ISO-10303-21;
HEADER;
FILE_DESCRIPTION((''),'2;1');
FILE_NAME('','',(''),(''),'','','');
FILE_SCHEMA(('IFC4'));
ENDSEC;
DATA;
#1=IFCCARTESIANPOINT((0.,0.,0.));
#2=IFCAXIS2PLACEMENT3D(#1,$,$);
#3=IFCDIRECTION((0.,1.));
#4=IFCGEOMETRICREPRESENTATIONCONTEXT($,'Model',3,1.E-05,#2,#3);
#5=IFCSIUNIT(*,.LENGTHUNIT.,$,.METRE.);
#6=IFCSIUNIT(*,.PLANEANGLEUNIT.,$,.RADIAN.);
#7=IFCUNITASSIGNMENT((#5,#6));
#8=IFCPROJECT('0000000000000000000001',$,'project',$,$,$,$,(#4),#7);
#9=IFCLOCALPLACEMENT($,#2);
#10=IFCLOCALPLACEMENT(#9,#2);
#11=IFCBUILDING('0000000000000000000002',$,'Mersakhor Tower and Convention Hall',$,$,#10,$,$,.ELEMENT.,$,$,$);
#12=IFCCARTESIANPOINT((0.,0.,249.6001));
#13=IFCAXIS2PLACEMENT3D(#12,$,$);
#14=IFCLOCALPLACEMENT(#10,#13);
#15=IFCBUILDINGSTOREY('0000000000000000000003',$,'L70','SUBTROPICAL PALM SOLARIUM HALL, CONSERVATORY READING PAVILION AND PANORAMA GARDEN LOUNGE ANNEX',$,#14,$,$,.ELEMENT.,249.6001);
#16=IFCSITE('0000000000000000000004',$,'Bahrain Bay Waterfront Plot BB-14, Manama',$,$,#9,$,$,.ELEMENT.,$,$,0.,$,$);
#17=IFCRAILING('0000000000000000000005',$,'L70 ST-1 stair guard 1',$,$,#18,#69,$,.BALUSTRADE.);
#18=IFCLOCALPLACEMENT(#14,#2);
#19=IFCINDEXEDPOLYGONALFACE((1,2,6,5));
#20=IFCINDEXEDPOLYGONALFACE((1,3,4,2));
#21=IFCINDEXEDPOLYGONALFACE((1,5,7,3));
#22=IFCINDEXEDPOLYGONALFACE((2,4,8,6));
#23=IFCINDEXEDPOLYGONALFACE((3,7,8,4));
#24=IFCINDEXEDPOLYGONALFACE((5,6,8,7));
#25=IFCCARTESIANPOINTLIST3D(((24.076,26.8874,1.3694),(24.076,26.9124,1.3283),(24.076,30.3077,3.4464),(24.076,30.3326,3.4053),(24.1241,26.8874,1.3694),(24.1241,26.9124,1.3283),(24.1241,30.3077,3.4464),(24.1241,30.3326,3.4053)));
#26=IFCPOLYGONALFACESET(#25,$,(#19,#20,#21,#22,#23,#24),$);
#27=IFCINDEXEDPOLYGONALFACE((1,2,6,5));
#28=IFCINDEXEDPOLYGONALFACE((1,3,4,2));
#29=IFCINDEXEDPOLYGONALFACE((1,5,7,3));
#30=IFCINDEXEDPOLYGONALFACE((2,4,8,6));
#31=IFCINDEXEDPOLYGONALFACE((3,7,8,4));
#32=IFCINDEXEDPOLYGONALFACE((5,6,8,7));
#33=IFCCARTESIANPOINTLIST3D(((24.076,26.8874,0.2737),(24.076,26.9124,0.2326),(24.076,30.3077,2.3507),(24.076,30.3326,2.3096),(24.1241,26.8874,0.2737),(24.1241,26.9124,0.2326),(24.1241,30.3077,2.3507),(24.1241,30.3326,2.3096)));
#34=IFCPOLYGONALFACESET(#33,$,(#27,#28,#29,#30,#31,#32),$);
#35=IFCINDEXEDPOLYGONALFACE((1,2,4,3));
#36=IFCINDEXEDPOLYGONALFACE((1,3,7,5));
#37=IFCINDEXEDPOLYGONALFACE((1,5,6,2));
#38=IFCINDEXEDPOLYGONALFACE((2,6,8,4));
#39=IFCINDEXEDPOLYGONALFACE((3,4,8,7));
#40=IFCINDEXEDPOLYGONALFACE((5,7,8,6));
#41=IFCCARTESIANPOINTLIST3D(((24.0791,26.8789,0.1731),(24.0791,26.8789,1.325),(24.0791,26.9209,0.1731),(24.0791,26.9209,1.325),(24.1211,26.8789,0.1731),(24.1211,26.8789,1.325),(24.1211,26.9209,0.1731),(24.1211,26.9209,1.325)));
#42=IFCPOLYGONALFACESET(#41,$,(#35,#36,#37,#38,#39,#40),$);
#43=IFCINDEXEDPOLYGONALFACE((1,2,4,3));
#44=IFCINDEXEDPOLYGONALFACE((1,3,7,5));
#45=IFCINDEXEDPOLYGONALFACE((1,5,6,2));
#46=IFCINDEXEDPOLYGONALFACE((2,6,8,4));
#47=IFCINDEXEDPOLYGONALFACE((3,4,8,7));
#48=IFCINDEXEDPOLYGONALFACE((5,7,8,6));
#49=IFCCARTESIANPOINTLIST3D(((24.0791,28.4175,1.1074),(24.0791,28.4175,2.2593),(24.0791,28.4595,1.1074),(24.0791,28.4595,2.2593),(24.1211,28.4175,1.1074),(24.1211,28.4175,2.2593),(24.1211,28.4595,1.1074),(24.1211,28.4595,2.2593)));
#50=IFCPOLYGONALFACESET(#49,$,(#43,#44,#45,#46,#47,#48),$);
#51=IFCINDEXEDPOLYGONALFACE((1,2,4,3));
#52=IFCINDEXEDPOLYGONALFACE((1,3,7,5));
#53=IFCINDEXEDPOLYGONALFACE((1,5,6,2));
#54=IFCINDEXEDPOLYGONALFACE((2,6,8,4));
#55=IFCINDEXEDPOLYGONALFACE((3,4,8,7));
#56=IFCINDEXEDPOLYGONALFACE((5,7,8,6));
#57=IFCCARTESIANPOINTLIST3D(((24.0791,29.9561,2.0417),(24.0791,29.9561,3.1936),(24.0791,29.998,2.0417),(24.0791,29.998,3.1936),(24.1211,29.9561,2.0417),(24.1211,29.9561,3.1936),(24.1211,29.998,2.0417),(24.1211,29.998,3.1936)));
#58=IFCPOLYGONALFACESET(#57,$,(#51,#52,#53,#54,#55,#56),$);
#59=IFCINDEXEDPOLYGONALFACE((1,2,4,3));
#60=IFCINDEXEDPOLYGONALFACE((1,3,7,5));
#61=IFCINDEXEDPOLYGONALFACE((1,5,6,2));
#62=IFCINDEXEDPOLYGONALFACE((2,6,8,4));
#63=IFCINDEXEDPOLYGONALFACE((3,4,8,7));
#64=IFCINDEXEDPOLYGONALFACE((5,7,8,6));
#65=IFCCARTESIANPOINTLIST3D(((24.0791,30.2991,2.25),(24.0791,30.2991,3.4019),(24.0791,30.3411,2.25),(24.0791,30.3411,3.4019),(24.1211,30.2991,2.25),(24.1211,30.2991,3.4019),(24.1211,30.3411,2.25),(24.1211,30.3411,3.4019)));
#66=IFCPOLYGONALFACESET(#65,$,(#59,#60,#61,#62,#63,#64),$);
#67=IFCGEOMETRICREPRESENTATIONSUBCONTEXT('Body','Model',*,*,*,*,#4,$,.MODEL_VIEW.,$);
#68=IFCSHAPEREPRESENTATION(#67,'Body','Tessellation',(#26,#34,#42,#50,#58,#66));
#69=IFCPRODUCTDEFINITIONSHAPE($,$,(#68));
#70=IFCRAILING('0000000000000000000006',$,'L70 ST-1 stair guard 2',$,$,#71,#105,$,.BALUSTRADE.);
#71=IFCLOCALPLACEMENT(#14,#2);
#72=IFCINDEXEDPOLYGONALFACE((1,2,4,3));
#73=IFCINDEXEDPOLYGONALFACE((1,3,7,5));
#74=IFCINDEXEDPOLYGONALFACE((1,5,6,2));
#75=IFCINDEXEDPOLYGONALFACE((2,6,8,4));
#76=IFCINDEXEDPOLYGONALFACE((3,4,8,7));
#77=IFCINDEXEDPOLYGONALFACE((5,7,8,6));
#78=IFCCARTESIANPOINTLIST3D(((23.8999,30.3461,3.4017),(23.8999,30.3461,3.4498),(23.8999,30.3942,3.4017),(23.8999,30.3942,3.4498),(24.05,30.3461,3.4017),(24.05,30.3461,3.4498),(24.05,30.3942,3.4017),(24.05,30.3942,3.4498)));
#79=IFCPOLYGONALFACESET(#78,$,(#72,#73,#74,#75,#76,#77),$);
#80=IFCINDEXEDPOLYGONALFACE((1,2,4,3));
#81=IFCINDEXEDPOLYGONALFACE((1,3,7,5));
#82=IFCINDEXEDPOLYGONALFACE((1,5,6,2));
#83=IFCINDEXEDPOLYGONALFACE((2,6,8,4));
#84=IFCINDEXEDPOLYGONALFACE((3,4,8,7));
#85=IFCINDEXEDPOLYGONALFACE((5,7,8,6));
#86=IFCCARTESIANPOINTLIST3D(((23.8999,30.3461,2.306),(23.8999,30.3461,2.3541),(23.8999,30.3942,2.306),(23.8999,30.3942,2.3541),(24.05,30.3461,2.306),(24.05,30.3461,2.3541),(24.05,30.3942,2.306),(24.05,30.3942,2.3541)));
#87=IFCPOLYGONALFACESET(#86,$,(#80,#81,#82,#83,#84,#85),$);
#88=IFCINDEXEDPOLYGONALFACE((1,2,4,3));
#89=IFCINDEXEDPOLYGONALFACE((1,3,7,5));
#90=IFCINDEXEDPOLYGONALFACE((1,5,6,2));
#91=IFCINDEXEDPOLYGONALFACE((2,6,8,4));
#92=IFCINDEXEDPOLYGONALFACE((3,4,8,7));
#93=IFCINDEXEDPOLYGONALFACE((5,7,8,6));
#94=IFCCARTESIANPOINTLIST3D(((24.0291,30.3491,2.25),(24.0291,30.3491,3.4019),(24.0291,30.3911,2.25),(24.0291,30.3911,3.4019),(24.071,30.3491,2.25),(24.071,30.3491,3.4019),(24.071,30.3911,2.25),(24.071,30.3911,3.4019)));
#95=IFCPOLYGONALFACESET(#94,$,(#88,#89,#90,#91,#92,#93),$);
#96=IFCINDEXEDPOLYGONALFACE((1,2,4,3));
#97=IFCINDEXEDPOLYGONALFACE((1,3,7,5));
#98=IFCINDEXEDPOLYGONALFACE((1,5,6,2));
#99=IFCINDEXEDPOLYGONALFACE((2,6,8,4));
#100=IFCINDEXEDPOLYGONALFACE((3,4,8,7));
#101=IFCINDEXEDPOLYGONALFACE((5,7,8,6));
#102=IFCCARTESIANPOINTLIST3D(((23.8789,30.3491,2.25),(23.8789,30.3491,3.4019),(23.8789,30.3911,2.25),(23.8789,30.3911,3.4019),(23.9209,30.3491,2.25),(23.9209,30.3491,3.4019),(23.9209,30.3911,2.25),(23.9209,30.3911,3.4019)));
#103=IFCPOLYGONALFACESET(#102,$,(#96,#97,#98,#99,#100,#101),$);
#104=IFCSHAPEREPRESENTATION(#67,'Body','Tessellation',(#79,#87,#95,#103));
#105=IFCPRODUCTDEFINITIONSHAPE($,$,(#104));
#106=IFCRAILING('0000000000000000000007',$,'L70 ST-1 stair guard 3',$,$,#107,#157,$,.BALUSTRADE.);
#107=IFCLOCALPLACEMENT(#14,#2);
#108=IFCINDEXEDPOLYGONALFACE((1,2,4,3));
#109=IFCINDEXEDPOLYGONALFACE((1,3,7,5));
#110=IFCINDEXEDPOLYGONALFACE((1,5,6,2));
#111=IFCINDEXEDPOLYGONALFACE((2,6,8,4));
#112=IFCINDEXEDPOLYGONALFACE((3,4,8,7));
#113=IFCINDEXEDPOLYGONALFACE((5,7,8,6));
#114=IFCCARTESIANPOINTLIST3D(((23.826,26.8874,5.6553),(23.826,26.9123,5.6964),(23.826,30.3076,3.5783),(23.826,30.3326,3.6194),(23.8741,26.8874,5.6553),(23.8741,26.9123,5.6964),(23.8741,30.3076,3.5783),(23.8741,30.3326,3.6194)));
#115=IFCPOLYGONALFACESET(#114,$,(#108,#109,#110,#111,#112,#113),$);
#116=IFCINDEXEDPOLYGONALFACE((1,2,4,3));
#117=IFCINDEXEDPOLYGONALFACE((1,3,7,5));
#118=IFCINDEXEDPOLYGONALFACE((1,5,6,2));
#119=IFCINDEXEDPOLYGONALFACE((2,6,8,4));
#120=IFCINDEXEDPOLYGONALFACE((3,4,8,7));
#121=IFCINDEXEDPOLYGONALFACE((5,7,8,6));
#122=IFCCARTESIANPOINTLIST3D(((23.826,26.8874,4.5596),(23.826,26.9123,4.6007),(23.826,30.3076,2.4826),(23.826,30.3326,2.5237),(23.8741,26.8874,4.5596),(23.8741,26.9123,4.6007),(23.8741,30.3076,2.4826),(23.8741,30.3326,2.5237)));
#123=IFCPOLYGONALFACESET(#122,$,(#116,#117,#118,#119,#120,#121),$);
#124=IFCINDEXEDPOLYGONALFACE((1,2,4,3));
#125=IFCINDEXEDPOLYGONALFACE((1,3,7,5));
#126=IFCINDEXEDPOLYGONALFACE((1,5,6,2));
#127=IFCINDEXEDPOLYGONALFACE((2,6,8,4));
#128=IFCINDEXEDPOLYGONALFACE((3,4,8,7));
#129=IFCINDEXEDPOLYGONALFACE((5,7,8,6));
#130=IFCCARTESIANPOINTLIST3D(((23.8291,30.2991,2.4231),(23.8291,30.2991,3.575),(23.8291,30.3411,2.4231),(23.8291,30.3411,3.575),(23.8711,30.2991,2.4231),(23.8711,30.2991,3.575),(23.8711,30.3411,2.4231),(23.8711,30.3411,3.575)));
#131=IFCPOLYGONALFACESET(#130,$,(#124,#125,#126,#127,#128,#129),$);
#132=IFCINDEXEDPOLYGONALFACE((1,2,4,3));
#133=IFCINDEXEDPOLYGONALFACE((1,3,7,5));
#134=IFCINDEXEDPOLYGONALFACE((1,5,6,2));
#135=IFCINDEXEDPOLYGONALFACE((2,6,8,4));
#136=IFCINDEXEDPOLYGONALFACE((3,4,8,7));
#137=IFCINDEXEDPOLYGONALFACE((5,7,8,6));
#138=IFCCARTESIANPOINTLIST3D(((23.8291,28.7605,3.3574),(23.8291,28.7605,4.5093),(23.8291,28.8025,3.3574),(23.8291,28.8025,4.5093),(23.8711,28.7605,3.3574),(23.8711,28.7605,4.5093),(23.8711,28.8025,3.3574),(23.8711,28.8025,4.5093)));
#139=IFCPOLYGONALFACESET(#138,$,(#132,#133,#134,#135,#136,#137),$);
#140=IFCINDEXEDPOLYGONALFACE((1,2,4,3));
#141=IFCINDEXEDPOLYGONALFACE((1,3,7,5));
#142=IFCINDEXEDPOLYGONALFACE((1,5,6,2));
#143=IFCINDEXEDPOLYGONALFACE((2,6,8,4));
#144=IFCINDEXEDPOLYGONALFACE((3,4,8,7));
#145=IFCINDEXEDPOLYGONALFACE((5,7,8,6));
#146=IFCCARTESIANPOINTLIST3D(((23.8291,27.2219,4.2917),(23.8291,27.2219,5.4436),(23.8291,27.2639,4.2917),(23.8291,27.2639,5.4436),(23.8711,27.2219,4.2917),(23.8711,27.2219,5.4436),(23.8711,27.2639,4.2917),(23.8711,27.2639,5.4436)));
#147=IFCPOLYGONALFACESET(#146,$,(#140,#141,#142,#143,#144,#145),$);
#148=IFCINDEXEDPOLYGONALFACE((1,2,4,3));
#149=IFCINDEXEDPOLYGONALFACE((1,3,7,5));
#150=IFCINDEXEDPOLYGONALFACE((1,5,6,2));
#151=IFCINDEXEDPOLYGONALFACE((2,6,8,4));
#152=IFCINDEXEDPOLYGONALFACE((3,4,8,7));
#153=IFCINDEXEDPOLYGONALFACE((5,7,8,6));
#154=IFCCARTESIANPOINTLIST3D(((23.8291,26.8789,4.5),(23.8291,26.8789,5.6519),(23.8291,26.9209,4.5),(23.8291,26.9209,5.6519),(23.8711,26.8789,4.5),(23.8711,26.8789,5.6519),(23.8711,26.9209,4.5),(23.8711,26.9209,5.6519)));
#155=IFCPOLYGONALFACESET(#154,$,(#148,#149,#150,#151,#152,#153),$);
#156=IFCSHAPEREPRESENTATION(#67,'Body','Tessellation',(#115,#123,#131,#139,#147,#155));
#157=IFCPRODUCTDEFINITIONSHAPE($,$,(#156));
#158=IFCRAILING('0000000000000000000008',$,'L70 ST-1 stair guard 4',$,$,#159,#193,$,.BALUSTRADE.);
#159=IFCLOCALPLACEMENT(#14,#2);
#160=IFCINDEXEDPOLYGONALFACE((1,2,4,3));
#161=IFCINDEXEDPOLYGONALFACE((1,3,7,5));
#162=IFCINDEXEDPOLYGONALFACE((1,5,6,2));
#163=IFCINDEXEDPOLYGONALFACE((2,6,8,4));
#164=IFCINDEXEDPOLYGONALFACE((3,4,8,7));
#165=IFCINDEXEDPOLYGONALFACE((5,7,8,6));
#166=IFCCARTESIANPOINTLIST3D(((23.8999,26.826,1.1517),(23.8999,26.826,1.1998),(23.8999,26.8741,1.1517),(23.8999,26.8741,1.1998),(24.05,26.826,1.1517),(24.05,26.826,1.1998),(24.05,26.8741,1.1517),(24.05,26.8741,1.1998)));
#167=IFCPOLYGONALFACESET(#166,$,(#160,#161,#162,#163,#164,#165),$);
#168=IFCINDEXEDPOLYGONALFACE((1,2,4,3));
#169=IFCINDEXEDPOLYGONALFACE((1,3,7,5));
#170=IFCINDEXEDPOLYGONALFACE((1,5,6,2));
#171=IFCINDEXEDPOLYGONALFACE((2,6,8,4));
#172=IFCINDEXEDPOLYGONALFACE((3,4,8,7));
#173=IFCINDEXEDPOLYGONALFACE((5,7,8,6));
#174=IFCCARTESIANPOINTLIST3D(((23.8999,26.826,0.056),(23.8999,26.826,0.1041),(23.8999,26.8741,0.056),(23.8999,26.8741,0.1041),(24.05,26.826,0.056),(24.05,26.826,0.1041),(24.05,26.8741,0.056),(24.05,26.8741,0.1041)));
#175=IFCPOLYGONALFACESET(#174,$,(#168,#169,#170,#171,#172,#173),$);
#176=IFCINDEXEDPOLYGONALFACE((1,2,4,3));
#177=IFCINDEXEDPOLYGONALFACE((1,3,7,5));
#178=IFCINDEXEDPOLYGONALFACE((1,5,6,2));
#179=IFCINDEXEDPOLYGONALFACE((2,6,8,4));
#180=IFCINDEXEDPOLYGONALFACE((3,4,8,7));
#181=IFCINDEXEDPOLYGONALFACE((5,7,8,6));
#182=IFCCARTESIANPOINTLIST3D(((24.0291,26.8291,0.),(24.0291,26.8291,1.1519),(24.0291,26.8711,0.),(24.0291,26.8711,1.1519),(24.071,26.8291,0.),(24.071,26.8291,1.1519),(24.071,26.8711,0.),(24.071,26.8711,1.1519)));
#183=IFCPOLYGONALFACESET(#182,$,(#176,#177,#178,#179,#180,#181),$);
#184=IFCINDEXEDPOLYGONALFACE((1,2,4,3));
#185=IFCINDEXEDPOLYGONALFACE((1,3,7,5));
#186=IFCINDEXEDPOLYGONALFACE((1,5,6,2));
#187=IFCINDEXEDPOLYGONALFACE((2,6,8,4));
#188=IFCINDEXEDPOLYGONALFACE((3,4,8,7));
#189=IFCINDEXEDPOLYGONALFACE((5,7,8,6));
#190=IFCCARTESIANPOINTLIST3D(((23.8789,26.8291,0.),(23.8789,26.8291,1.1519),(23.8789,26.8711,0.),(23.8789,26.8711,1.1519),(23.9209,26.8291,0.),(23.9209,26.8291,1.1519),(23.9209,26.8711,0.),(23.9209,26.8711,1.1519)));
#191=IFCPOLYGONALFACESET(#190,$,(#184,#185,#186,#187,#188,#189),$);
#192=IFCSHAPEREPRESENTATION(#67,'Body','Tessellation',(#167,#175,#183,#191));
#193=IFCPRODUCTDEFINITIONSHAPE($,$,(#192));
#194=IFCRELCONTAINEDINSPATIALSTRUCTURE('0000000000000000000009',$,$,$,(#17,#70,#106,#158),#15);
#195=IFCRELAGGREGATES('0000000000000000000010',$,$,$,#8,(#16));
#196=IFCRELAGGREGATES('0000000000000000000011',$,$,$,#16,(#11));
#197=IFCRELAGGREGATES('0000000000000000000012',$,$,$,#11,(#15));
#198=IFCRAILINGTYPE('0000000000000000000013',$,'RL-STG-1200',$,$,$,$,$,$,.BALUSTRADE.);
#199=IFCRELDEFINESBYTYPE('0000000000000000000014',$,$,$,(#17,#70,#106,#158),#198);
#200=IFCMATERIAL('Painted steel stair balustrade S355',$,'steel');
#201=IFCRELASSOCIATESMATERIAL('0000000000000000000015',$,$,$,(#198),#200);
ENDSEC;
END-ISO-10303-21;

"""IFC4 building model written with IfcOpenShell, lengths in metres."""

from ifc_helpers import new_model, si_unit, direction, frame, origin, origin_2d, place, context, subcontext, project, spatial, rectangle, extrude, material, type_object, element, save


model = new_model("IFC4")

# Units and contexts
model_context = context("Model", 3, precision=1e-05, world=origin(), true_north=direction((0.0, 1.0)))
body_context = subcontext(model_context, "Body", "Model", "MODEL_VIEW")
ifc_project = project(units=[si_unit("LENGTHUNIT", "METRE"), si_unit("PLANEANGLEUNIT", "RADIAN")], contexts=[model_context])

# Site, building, storey
site_placement = place(None, origin())
site = spatial("IfcSite", under=ifc_project, at=site_placement, Name="Bahrain Bay Waterfront Plot BB-14, Manama", CompositionType="ELEMENT", RefElevation=0.0)
building_placement = place(site_placement, origin())
building = spatial("IfcBuilding", under=site, at=building_placement, Name="Mersakhor Tower and Convention Hall", CompositionType="ELEMENT")
storey_placement = place(building_placement, frame((0.0, 0.0, 249.6001)))
storey = spatial("IfcBuildingStorey", under=building, at=storey_placement, Name="L70", Description="SUBTROPICAL PALM SOLARIUM HALL, CONSERVATORY READING PAVILION AND PANORAMA GARDEN LOUNGE ANNEX", CompositionType="ELEMENT", Elevation=249.6001)

# Railings
ifc_material_1 = material(Name="Painted steel stair balustrade S355", Category="steel")
railing_type_1 = type_object("IfcRailingType", Name="RL-STG-1200", PredefinedType="BALUSTRADE", material=ifc_material_1)
railing_1_placement = place(storey_placement, frame((24.1001, 26.8999, 0.1731)))
element("IfcRailing", 1, at=railing_1_placement, inside=storey, type_object=railing_type_1, Name="L70 ST-1 stair guard 1", PredefinedType="BALUSTRADE", context=body_context, shape_type="SweptSolid", body=[
    extrude(rectangle(XDim=0.0481, YDim=0.0481, at=origin_2d()), frame((0.0, 0.0, 1.1758), z_axis=(0.0, 0.854746, 0.519047), x_axis=(-1.0, 0.0, 0.0)), (0.0, 0.0, 1.0), 4.0015),
    extrude(rectangle(XDim=0.0481, YDim=0.0481, at=origin_2d()), frame((0.0, 0.0, 0.0801), z_axis=(0.0, 0.854746, 0.519047), x_axis=(-1.0, 0.0, 0.0)), (0.0, 0.0, 1.0), 4.0015),
    extrude(rectangle(XDim=0.042, YDim=0.042, at=origin_2d()), origin(), (0.0, 0.0, 1.0), 1.1519),
    extrude(rectangle(XDim=0.042, YDim=0.042, at=origin_2d()), frame((0.0, 1.5386, 0.9343)), (0.0, 0.0, 1.0), 1.1519),
    extrude(rectangle(XDim=0.042, YDim=0.042, at=origin_2d()), frame((0.0, 3.0771, 1.8687)), (0.0, 0.0, 1.0), 1.1519),
    extrude(rectangle(XDim=0.042, YDim=0.042, at=origin_2d()), frame((0.0, 3.4202, 2.0769)), (0.0, 0.0, 1.0), 1.1519),
])
railing_2_placement = place(storey_placement, frame((24.05, 30.3701, 2.25)))
element("IfcRailing", 2, at=railing_2_placement, inside=storey, type_object=railing_type_1, Name="L70 ST-1 stair guard 2", PredefinedType="BALUSTRADE", context=body_context, shape_type="SweptSolid", body=[
    extrude(rectangle(XDim=0.0481, YDim=0.0481, at=origin_2d()), frame((0.0, 0.0, 1.1758), z_axis=(-1.0, 0.0, 0.0), x_axis=(0.0, -1.0, 0.0)), (0.0, 0.0, 1.0), 0.1501),
    extrude(rectangle(XDim=0.0481, YDim=0.0481, at=origin_2d()), frame((0.0, 0.0, 0.0801), z_axis=(-1.0, 0.0, 0.0), x_axis=(0.0, -1.0, 0.0)), (0.0, 0.0, 1.0), 0.1501),
    extrude(rectangle(XDim=0.042, YDim=0.042, at=origin_2d()), origin(), (0.0, 0.0, 1.0), 1.1519),
    extrude(rectangle(XDim=0.042, YDim=0.042, at=origin_2d()), frame((-0.1501, 0.0, 0.0)), (0.0, 0.0, 1.0), 1.1519),
])
railing_3_placement = place(storey_placement, frame((23.8501, 30.3201, 2.4231)))
element("IfcRailing", 3, at=railing_3_placement, inside=storey, type_object=railing_type_1, Name="L70 ST-1 stair guard 3", PredefinedType="BALUSTRADE", context=body_context, shape_type="SweptSolid", body=[
    extrude(rectangle(XDim=0.0481, YDim=0.0481, at=origin_2d()), frame((0.0, 0.0, 1.1758), z_axis=(0.0, -0.854746, 0.519047), x_axis=(1.0, 0.0, 0.0)), (0.0, 0.0, 1.0), 4.0015),
    extrude(rectangle(XDim=0.0481, YDim=0.0481, at=origin_2d()), frame((0.0, 0.0, 0.0801), z_axis=(0.0, -0.854746, 0.519047), x_axis=(1.0, 0.0, 0.0)), (0.0, 0.0, 1.0), 4.0015),
    extrude(rectangle(XDim=0.042, YDim=0.042, at=origin_2d()), origin(), (0.0, 0.0, 1.0), 1.1519),
    extrude(rectangle(XDim=0.042, YDim=0.042, at=origin_2d()), frame((0.0, -1.5386, 0.9343)), (0.0, 0.0, 1.0), 1.1519),
    extrude(rectangle(XDim=0.042, YDim=0.042, at=origin_2d()), frame((0.0, -3.0771, 1.8687)), (0.0, 0.0, 1.0), 1.1519),
    extrude(rectangle(XDim=0.042, YDim=0.042, at=origin_2d()), frame((0.0, -3.4202, 2.0769)), (0.0, 0.0, 1.0), 1.1519),
])
railing_4_placement = place(storey_placement, frame((24.05, 26.8501, 0.0)))
element("IfcRailing", 4, at=railing_4_placement, inside=storey, type_object=railing_type_1, Name="L70 ST-1 stair guard 4", PredefinedType="BALUSTRADE", context=body_context, shape_type="SweptSolid", body=[
    extrude(rectangle(XDim=0.0481, YDim=0.0481, at=origin_2d()), frame((0.0, 0.0, 1.1758), z_axis=(-1.0, 0.0, 0.0), x_axis=(0.0, -1.0, 0.0)), (0.0, 0.0, 1.0), 0.1501),
    extrude(rectangle(XDim=0.0481, YDim=0.0481, at=origin_2d()), frame((0.0, 0.0, 0.0801), z_axis=(-1.0, 0.0, 0.0), x_axis=(0.0, -1.0, 0.0)), (0.0, 0.0, 1.0), 0.1501),
    extrude(rectangle(XDim=0.042, YDim=0.042, at=origin_2d()), origin(), (0.0, 0.0, 1.0), 1.1519),
    extrude(rectangle(XDim=0.042, YDim=0.042, at=origin_2d()), frame((-0.1501, 0.0, 0.0)), (0.0, 0.0, 1.0), 1.1519),
])

save(model, "model.ifc")
